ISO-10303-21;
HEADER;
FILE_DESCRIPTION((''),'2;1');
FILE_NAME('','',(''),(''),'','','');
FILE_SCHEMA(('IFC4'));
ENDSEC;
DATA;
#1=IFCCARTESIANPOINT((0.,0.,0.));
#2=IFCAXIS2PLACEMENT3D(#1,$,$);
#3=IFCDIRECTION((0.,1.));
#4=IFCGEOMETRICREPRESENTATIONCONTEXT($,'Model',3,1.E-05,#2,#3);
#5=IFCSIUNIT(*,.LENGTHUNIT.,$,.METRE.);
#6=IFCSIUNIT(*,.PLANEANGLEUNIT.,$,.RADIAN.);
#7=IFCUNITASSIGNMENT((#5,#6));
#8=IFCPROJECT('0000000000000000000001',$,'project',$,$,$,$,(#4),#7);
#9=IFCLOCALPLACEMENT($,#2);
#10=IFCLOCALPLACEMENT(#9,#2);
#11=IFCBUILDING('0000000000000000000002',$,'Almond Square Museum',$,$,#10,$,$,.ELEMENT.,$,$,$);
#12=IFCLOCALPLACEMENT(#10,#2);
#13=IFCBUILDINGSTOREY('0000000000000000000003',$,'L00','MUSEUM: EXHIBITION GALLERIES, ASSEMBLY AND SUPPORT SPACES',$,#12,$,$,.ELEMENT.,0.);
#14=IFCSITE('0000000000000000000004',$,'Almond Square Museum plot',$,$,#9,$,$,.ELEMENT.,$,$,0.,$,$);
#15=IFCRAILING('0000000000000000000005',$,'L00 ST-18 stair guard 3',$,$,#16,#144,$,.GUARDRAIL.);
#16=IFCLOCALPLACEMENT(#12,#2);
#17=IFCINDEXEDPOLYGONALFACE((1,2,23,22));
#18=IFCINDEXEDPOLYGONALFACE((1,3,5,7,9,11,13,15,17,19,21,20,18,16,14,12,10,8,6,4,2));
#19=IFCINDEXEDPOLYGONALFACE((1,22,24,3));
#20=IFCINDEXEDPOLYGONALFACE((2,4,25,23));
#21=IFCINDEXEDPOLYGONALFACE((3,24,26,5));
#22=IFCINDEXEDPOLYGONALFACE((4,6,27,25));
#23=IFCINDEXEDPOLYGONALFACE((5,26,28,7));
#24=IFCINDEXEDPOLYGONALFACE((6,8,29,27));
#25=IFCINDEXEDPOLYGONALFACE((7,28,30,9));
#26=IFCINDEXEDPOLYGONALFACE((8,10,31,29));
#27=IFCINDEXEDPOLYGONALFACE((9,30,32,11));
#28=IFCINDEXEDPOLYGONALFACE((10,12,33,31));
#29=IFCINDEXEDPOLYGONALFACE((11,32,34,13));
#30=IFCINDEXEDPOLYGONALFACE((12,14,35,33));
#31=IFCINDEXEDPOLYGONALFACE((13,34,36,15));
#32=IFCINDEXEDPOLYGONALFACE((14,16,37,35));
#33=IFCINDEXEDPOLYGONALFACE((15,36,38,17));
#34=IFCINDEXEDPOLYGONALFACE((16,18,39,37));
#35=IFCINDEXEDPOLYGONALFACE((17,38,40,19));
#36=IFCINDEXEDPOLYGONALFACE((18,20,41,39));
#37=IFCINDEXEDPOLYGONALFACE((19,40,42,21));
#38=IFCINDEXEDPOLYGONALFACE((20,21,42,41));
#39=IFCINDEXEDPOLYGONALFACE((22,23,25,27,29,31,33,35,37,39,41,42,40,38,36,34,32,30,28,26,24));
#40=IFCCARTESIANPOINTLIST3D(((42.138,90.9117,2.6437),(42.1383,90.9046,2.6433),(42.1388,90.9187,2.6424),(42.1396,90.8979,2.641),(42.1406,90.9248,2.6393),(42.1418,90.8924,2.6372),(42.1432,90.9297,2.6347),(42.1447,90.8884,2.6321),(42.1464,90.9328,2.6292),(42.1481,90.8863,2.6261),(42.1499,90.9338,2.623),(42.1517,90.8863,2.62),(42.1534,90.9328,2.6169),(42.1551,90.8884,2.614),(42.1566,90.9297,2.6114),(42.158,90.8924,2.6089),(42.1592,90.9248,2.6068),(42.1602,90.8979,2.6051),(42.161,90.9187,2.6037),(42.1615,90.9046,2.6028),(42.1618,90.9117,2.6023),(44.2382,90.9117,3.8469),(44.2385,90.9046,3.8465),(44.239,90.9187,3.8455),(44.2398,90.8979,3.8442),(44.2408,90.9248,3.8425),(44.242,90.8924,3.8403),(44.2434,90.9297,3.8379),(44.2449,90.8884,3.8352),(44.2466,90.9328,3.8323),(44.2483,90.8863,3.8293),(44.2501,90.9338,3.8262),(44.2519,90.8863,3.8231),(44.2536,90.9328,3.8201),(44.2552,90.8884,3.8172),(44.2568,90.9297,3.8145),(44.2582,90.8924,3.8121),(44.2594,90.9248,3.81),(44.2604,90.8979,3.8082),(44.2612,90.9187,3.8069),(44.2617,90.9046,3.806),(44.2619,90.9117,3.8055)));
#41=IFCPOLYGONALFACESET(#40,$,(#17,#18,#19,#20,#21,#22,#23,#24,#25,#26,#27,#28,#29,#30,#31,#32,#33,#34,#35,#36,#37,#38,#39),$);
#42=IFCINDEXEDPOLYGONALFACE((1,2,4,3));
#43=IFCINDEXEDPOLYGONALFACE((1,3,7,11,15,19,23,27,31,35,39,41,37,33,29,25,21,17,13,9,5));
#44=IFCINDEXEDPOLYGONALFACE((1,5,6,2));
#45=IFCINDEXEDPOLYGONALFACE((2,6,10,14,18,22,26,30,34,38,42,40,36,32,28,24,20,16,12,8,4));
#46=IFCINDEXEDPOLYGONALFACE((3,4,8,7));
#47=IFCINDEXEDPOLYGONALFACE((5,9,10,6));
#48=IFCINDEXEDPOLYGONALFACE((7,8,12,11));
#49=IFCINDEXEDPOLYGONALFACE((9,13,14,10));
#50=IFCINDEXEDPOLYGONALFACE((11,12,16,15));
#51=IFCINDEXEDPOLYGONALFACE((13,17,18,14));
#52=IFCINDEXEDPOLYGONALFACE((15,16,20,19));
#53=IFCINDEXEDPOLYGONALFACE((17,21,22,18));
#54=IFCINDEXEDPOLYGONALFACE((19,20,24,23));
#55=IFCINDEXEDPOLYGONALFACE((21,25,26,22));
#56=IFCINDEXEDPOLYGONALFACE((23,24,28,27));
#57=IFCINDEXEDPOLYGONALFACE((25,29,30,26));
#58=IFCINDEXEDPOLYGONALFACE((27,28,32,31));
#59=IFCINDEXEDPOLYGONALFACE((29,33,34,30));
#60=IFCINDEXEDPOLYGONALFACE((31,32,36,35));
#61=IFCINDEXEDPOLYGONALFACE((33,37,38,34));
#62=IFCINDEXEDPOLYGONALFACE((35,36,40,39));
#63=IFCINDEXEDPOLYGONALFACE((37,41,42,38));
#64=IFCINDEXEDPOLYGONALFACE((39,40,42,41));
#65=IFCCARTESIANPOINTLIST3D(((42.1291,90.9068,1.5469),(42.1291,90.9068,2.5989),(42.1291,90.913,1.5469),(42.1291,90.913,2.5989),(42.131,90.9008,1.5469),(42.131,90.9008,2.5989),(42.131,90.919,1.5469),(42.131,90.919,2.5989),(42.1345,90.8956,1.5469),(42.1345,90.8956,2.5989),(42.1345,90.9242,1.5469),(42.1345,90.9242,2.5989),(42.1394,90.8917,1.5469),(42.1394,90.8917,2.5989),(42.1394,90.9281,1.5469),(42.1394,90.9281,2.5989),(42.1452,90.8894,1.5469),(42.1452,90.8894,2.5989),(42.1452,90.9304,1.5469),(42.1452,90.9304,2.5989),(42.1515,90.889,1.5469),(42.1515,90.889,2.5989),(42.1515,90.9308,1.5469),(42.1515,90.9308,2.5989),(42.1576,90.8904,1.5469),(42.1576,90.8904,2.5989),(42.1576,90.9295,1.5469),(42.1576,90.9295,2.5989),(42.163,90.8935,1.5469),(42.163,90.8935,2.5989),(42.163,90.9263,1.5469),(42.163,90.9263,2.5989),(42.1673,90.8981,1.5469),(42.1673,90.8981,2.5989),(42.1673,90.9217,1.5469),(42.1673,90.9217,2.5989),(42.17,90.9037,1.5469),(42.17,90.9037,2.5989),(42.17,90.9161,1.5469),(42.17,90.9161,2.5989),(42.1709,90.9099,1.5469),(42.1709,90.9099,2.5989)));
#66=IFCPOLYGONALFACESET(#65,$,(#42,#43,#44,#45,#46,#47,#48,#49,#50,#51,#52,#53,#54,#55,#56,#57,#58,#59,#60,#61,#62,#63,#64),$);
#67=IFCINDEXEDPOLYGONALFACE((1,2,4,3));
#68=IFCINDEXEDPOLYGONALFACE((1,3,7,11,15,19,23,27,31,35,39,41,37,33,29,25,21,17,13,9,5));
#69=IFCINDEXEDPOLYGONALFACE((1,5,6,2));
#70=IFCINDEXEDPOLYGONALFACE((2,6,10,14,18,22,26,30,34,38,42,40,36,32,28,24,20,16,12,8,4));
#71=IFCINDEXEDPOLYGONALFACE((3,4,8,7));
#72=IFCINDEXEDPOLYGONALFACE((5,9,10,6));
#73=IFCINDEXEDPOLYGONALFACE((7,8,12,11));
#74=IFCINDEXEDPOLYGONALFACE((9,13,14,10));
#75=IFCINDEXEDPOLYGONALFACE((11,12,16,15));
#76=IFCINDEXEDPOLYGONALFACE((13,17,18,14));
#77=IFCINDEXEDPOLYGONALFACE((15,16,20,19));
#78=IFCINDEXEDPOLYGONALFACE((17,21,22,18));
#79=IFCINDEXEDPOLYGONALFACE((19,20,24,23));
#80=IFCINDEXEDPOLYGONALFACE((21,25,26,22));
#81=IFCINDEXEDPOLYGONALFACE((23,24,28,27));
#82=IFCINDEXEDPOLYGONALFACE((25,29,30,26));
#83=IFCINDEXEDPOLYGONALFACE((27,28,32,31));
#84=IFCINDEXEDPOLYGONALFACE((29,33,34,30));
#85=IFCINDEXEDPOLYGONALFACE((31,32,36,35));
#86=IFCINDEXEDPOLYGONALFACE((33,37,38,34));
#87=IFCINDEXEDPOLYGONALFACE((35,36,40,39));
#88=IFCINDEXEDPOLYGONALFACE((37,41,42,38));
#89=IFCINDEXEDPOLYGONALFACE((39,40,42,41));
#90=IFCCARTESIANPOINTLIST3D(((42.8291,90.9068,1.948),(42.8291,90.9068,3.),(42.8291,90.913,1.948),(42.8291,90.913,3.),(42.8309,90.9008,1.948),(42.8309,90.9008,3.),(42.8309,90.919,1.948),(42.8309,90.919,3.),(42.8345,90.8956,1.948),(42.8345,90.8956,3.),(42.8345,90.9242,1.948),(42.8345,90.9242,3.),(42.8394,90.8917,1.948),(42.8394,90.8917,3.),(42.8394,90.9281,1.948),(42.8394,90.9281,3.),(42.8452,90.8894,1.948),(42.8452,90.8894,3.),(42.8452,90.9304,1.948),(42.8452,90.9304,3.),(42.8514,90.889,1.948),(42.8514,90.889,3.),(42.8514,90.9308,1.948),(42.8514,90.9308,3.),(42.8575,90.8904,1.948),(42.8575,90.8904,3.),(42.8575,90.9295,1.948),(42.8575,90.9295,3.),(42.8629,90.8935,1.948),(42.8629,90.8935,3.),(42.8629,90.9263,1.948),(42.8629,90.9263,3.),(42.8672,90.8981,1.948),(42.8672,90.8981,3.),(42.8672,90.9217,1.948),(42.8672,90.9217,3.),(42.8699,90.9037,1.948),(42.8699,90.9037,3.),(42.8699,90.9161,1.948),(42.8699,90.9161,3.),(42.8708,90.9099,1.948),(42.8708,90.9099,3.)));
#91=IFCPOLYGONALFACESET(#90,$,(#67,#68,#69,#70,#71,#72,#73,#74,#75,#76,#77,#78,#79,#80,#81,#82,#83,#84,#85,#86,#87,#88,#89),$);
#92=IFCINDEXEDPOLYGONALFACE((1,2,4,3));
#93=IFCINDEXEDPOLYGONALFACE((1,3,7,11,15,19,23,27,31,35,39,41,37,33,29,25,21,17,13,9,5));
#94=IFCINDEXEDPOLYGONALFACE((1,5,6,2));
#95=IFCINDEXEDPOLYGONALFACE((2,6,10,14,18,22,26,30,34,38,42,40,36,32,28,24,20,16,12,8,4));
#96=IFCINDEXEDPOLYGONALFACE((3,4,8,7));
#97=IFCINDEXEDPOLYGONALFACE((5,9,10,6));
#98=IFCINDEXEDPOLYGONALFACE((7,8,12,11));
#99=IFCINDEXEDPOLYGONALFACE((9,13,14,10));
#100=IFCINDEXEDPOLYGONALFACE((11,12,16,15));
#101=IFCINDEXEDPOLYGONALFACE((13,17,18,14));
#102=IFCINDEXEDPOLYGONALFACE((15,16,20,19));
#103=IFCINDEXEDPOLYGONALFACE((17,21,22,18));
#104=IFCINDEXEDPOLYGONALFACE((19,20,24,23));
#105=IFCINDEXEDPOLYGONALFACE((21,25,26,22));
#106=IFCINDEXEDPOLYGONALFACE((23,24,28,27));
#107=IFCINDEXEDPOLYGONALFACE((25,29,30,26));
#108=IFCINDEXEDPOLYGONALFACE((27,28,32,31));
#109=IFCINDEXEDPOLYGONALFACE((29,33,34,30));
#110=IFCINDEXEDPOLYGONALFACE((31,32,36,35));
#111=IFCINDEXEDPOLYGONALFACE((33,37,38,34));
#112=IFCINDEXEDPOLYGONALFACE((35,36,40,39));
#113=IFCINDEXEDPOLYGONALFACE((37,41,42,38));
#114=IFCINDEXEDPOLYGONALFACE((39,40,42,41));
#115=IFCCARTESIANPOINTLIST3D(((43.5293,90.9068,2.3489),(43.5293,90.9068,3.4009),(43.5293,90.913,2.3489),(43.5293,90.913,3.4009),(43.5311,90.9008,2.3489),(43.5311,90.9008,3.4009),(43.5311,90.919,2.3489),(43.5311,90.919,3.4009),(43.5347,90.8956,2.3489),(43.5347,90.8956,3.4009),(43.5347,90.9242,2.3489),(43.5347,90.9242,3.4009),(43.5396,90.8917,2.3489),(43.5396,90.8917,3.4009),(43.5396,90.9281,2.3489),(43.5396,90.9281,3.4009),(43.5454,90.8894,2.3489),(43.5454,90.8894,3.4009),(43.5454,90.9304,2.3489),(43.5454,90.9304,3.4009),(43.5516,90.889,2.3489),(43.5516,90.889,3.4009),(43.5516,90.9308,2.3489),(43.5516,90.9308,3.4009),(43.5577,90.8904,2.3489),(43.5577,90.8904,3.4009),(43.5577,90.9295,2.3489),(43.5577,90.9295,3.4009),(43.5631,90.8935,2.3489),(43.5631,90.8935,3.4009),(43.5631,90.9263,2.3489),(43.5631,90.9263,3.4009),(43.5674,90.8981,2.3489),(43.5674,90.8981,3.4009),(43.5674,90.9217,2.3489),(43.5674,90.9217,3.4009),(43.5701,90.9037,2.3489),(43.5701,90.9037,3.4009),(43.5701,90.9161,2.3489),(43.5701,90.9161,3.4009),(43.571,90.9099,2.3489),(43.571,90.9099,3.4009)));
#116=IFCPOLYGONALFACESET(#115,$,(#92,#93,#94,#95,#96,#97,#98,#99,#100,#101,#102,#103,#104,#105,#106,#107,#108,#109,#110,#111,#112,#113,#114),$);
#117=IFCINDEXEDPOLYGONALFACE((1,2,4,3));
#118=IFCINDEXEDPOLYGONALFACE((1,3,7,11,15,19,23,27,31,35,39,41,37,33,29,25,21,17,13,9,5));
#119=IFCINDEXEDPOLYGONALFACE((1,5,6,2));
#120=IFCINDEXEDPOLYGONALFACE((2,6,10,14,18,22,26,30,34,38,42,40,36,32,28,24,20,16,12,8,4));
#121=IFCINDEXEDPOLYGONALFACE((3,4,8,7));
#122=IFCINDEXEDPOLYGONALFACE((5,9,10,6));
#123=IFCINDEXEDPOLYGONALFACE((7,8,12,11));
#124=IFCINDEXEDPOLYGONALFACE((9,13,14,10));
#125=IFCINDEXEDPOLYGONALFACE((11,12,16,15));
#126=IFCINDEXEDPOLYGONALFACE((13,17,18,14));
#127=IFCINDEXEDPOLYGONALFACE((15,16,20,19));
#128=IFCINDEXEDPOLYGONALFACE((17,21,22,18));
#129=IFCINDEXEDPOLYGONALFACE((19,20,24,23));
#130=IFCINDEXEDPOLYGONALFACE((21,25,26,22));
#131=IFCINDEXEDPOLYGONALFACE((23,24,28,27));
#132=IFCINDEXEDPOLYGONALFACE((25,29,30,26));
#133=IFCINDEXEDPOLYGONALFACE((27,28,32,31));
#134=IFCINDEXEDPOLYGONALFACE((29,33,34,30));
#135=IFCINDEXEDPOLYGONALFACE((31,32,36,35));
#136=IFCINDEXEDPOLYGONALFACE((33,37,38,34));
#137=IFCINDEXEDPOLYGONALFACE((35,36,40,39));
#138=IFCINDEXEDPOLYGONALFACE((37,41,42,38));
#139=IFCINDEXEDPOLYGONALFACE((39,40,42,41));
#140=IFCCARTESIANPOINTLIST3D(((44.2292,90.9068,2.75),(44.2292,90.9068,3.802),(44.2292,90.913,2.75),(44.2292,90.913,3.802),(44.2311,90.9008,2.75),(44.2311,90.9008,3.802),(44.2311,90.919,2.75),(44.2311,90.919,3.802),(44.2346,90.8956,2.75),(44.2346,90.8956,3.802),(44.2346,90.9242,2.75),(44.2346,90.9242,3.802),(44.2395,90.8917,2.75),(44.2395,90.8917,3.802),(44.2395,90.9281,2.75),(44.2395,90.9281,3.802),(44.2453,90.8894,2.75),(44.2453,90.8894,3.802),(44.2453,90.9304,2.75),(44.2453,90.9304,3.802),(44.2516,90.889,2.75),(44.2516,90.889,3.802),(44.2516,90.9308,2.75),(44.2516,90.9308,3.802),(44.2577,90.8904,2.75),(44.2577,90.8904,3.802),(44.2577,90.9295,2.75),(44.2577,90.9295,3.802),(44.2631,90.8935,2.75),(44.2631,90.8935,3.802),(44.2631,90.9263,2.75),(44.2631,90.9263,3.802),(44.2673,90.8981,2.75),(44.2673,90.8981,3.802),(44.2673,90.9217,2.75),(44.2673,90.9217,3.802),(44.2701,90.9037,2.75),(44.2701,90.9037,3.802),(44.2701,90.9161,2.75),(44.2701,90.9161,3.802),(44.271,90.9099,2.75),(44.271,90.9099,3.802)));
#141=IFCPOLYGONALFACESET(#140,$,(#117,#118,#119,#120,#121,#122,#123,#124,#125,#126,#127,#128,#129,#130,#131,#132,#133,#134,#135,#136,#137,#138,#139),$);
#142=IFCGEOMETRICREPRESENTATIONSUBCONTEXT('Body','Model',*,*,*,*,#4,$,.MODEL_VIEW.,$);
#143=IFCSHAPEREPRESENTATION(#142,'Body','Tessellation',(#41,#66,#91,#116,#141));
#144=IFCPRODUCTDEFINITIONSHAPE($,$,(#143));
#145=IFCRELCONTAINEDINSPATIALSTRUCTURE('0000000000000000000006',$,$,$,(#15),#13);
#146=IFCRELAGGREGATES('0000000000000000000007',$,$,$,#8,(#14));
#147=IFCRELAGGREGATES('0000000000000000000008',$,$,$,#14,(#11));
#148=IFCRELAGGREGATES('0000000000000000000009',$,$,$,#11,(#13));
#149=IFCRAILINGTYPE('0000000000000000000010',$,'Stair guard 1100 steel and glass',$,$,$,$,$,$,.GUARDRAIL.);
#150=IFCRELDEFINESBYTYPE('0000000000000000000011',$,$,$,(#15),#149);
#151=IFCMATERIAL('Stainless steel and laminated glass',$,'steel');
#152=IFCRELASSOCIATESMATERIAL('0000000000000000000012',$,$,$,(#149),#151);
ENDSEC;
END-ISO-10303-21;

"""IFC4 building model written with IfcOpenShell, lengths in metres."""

from ifc_helpers import new_model, si_unit, direction, frame, origin, origin_2d, place, context, subcontext, project, spatial, circle, extrude, material, type_object, element, save


model = new_model("IFC4")

# Units and contexts
model_context = context("Model", 3, precision=1e-05, world=origin(), true_north=direction((0.0, 1.0)))
body_context = subcontext(model_context, "Body", "Model", "MODEL_VIEW")
ifc_project = project(units=[si_unit("LENGTHUNIT", "METRE"), si_unit("PLANEANGLEUNIT", "RADIAN")], contexts=[model_context])

# Site, building, storey
site_placement = place(None, origin())
site = spatial("IfcSite", under=ifc_project, at=site_placement, Name="Almond Square Museum plot", CompositionType="ELEMENT", RefElevation=0.0)
building_placement = place(site_placement, origin())
building = spatial("IfcBuilding", under=site, at=building_placement, Name="Almond Square Museum", CompositionType="ELEMENT")
storey_placement = place(building_placement, origin())
storey = spatial("IfcBuildingStorey", under=building, at=storey_placement, Name="L00", Description="MUSEUM: EXHIBITION GALLERIES, ASSEMBLY AND SUPPORT SPACES", CompositionType="ELEMENT", Elevation=0.0)

# Railing
ifc_material_1 = material(Name="Stainless steel and laminated glass", Category="steel")
railing_type_1 = type_object("IfcRailingType", Name="Stair guard 1100 steel and glass", PredefinedType="GUARDRAIL", material=ifc_material_1)
railing_1_placement = place(storey_placement, frame((42.1499, 90.9099, 1.5469)))
element("IfcRailing", 1, at=railing_1_placement, inside=storey, type_object=railing_type_1, Name="L00 ST-18 stair guard 3", PredefinedType="GUARDRAIL", context=body_context, shape_type="SweptSolid", body=[
    extrude(circle(Radius=0.0239, at=origin_2d()), frame((0.0, 0.0, 1.0762), z_axis=(0.867696, 0.0, 0.497095), x_axis=(0.0, 1.0, 0.0)), (0.0, 0.0, 1.0), 2.4204),
    extrude(circle(Radius=0.021, at=origin_2d()), origin(), (0.0, 0.0, 1.0), 1.052),
    extrude(circle(Radius=0.021, at=origin_2d()), frame((0.7, 0.0, 0.4011)), (0.0, 0.0, 1.0), 1.052),
    extrude(circle(Radius=0.021, at=origin_2d()), frame((1.4001, 0.0, 0.802)), (0.0, 0.0, 1.0), 1.052),
    extrude(circle(Radius=0.021, at=origin_2d()), frame((2.1001, 0.0, 1.2031)), (0.0, 0.0, 1.0), 1.052),
])

save(model, "model.ifc")
